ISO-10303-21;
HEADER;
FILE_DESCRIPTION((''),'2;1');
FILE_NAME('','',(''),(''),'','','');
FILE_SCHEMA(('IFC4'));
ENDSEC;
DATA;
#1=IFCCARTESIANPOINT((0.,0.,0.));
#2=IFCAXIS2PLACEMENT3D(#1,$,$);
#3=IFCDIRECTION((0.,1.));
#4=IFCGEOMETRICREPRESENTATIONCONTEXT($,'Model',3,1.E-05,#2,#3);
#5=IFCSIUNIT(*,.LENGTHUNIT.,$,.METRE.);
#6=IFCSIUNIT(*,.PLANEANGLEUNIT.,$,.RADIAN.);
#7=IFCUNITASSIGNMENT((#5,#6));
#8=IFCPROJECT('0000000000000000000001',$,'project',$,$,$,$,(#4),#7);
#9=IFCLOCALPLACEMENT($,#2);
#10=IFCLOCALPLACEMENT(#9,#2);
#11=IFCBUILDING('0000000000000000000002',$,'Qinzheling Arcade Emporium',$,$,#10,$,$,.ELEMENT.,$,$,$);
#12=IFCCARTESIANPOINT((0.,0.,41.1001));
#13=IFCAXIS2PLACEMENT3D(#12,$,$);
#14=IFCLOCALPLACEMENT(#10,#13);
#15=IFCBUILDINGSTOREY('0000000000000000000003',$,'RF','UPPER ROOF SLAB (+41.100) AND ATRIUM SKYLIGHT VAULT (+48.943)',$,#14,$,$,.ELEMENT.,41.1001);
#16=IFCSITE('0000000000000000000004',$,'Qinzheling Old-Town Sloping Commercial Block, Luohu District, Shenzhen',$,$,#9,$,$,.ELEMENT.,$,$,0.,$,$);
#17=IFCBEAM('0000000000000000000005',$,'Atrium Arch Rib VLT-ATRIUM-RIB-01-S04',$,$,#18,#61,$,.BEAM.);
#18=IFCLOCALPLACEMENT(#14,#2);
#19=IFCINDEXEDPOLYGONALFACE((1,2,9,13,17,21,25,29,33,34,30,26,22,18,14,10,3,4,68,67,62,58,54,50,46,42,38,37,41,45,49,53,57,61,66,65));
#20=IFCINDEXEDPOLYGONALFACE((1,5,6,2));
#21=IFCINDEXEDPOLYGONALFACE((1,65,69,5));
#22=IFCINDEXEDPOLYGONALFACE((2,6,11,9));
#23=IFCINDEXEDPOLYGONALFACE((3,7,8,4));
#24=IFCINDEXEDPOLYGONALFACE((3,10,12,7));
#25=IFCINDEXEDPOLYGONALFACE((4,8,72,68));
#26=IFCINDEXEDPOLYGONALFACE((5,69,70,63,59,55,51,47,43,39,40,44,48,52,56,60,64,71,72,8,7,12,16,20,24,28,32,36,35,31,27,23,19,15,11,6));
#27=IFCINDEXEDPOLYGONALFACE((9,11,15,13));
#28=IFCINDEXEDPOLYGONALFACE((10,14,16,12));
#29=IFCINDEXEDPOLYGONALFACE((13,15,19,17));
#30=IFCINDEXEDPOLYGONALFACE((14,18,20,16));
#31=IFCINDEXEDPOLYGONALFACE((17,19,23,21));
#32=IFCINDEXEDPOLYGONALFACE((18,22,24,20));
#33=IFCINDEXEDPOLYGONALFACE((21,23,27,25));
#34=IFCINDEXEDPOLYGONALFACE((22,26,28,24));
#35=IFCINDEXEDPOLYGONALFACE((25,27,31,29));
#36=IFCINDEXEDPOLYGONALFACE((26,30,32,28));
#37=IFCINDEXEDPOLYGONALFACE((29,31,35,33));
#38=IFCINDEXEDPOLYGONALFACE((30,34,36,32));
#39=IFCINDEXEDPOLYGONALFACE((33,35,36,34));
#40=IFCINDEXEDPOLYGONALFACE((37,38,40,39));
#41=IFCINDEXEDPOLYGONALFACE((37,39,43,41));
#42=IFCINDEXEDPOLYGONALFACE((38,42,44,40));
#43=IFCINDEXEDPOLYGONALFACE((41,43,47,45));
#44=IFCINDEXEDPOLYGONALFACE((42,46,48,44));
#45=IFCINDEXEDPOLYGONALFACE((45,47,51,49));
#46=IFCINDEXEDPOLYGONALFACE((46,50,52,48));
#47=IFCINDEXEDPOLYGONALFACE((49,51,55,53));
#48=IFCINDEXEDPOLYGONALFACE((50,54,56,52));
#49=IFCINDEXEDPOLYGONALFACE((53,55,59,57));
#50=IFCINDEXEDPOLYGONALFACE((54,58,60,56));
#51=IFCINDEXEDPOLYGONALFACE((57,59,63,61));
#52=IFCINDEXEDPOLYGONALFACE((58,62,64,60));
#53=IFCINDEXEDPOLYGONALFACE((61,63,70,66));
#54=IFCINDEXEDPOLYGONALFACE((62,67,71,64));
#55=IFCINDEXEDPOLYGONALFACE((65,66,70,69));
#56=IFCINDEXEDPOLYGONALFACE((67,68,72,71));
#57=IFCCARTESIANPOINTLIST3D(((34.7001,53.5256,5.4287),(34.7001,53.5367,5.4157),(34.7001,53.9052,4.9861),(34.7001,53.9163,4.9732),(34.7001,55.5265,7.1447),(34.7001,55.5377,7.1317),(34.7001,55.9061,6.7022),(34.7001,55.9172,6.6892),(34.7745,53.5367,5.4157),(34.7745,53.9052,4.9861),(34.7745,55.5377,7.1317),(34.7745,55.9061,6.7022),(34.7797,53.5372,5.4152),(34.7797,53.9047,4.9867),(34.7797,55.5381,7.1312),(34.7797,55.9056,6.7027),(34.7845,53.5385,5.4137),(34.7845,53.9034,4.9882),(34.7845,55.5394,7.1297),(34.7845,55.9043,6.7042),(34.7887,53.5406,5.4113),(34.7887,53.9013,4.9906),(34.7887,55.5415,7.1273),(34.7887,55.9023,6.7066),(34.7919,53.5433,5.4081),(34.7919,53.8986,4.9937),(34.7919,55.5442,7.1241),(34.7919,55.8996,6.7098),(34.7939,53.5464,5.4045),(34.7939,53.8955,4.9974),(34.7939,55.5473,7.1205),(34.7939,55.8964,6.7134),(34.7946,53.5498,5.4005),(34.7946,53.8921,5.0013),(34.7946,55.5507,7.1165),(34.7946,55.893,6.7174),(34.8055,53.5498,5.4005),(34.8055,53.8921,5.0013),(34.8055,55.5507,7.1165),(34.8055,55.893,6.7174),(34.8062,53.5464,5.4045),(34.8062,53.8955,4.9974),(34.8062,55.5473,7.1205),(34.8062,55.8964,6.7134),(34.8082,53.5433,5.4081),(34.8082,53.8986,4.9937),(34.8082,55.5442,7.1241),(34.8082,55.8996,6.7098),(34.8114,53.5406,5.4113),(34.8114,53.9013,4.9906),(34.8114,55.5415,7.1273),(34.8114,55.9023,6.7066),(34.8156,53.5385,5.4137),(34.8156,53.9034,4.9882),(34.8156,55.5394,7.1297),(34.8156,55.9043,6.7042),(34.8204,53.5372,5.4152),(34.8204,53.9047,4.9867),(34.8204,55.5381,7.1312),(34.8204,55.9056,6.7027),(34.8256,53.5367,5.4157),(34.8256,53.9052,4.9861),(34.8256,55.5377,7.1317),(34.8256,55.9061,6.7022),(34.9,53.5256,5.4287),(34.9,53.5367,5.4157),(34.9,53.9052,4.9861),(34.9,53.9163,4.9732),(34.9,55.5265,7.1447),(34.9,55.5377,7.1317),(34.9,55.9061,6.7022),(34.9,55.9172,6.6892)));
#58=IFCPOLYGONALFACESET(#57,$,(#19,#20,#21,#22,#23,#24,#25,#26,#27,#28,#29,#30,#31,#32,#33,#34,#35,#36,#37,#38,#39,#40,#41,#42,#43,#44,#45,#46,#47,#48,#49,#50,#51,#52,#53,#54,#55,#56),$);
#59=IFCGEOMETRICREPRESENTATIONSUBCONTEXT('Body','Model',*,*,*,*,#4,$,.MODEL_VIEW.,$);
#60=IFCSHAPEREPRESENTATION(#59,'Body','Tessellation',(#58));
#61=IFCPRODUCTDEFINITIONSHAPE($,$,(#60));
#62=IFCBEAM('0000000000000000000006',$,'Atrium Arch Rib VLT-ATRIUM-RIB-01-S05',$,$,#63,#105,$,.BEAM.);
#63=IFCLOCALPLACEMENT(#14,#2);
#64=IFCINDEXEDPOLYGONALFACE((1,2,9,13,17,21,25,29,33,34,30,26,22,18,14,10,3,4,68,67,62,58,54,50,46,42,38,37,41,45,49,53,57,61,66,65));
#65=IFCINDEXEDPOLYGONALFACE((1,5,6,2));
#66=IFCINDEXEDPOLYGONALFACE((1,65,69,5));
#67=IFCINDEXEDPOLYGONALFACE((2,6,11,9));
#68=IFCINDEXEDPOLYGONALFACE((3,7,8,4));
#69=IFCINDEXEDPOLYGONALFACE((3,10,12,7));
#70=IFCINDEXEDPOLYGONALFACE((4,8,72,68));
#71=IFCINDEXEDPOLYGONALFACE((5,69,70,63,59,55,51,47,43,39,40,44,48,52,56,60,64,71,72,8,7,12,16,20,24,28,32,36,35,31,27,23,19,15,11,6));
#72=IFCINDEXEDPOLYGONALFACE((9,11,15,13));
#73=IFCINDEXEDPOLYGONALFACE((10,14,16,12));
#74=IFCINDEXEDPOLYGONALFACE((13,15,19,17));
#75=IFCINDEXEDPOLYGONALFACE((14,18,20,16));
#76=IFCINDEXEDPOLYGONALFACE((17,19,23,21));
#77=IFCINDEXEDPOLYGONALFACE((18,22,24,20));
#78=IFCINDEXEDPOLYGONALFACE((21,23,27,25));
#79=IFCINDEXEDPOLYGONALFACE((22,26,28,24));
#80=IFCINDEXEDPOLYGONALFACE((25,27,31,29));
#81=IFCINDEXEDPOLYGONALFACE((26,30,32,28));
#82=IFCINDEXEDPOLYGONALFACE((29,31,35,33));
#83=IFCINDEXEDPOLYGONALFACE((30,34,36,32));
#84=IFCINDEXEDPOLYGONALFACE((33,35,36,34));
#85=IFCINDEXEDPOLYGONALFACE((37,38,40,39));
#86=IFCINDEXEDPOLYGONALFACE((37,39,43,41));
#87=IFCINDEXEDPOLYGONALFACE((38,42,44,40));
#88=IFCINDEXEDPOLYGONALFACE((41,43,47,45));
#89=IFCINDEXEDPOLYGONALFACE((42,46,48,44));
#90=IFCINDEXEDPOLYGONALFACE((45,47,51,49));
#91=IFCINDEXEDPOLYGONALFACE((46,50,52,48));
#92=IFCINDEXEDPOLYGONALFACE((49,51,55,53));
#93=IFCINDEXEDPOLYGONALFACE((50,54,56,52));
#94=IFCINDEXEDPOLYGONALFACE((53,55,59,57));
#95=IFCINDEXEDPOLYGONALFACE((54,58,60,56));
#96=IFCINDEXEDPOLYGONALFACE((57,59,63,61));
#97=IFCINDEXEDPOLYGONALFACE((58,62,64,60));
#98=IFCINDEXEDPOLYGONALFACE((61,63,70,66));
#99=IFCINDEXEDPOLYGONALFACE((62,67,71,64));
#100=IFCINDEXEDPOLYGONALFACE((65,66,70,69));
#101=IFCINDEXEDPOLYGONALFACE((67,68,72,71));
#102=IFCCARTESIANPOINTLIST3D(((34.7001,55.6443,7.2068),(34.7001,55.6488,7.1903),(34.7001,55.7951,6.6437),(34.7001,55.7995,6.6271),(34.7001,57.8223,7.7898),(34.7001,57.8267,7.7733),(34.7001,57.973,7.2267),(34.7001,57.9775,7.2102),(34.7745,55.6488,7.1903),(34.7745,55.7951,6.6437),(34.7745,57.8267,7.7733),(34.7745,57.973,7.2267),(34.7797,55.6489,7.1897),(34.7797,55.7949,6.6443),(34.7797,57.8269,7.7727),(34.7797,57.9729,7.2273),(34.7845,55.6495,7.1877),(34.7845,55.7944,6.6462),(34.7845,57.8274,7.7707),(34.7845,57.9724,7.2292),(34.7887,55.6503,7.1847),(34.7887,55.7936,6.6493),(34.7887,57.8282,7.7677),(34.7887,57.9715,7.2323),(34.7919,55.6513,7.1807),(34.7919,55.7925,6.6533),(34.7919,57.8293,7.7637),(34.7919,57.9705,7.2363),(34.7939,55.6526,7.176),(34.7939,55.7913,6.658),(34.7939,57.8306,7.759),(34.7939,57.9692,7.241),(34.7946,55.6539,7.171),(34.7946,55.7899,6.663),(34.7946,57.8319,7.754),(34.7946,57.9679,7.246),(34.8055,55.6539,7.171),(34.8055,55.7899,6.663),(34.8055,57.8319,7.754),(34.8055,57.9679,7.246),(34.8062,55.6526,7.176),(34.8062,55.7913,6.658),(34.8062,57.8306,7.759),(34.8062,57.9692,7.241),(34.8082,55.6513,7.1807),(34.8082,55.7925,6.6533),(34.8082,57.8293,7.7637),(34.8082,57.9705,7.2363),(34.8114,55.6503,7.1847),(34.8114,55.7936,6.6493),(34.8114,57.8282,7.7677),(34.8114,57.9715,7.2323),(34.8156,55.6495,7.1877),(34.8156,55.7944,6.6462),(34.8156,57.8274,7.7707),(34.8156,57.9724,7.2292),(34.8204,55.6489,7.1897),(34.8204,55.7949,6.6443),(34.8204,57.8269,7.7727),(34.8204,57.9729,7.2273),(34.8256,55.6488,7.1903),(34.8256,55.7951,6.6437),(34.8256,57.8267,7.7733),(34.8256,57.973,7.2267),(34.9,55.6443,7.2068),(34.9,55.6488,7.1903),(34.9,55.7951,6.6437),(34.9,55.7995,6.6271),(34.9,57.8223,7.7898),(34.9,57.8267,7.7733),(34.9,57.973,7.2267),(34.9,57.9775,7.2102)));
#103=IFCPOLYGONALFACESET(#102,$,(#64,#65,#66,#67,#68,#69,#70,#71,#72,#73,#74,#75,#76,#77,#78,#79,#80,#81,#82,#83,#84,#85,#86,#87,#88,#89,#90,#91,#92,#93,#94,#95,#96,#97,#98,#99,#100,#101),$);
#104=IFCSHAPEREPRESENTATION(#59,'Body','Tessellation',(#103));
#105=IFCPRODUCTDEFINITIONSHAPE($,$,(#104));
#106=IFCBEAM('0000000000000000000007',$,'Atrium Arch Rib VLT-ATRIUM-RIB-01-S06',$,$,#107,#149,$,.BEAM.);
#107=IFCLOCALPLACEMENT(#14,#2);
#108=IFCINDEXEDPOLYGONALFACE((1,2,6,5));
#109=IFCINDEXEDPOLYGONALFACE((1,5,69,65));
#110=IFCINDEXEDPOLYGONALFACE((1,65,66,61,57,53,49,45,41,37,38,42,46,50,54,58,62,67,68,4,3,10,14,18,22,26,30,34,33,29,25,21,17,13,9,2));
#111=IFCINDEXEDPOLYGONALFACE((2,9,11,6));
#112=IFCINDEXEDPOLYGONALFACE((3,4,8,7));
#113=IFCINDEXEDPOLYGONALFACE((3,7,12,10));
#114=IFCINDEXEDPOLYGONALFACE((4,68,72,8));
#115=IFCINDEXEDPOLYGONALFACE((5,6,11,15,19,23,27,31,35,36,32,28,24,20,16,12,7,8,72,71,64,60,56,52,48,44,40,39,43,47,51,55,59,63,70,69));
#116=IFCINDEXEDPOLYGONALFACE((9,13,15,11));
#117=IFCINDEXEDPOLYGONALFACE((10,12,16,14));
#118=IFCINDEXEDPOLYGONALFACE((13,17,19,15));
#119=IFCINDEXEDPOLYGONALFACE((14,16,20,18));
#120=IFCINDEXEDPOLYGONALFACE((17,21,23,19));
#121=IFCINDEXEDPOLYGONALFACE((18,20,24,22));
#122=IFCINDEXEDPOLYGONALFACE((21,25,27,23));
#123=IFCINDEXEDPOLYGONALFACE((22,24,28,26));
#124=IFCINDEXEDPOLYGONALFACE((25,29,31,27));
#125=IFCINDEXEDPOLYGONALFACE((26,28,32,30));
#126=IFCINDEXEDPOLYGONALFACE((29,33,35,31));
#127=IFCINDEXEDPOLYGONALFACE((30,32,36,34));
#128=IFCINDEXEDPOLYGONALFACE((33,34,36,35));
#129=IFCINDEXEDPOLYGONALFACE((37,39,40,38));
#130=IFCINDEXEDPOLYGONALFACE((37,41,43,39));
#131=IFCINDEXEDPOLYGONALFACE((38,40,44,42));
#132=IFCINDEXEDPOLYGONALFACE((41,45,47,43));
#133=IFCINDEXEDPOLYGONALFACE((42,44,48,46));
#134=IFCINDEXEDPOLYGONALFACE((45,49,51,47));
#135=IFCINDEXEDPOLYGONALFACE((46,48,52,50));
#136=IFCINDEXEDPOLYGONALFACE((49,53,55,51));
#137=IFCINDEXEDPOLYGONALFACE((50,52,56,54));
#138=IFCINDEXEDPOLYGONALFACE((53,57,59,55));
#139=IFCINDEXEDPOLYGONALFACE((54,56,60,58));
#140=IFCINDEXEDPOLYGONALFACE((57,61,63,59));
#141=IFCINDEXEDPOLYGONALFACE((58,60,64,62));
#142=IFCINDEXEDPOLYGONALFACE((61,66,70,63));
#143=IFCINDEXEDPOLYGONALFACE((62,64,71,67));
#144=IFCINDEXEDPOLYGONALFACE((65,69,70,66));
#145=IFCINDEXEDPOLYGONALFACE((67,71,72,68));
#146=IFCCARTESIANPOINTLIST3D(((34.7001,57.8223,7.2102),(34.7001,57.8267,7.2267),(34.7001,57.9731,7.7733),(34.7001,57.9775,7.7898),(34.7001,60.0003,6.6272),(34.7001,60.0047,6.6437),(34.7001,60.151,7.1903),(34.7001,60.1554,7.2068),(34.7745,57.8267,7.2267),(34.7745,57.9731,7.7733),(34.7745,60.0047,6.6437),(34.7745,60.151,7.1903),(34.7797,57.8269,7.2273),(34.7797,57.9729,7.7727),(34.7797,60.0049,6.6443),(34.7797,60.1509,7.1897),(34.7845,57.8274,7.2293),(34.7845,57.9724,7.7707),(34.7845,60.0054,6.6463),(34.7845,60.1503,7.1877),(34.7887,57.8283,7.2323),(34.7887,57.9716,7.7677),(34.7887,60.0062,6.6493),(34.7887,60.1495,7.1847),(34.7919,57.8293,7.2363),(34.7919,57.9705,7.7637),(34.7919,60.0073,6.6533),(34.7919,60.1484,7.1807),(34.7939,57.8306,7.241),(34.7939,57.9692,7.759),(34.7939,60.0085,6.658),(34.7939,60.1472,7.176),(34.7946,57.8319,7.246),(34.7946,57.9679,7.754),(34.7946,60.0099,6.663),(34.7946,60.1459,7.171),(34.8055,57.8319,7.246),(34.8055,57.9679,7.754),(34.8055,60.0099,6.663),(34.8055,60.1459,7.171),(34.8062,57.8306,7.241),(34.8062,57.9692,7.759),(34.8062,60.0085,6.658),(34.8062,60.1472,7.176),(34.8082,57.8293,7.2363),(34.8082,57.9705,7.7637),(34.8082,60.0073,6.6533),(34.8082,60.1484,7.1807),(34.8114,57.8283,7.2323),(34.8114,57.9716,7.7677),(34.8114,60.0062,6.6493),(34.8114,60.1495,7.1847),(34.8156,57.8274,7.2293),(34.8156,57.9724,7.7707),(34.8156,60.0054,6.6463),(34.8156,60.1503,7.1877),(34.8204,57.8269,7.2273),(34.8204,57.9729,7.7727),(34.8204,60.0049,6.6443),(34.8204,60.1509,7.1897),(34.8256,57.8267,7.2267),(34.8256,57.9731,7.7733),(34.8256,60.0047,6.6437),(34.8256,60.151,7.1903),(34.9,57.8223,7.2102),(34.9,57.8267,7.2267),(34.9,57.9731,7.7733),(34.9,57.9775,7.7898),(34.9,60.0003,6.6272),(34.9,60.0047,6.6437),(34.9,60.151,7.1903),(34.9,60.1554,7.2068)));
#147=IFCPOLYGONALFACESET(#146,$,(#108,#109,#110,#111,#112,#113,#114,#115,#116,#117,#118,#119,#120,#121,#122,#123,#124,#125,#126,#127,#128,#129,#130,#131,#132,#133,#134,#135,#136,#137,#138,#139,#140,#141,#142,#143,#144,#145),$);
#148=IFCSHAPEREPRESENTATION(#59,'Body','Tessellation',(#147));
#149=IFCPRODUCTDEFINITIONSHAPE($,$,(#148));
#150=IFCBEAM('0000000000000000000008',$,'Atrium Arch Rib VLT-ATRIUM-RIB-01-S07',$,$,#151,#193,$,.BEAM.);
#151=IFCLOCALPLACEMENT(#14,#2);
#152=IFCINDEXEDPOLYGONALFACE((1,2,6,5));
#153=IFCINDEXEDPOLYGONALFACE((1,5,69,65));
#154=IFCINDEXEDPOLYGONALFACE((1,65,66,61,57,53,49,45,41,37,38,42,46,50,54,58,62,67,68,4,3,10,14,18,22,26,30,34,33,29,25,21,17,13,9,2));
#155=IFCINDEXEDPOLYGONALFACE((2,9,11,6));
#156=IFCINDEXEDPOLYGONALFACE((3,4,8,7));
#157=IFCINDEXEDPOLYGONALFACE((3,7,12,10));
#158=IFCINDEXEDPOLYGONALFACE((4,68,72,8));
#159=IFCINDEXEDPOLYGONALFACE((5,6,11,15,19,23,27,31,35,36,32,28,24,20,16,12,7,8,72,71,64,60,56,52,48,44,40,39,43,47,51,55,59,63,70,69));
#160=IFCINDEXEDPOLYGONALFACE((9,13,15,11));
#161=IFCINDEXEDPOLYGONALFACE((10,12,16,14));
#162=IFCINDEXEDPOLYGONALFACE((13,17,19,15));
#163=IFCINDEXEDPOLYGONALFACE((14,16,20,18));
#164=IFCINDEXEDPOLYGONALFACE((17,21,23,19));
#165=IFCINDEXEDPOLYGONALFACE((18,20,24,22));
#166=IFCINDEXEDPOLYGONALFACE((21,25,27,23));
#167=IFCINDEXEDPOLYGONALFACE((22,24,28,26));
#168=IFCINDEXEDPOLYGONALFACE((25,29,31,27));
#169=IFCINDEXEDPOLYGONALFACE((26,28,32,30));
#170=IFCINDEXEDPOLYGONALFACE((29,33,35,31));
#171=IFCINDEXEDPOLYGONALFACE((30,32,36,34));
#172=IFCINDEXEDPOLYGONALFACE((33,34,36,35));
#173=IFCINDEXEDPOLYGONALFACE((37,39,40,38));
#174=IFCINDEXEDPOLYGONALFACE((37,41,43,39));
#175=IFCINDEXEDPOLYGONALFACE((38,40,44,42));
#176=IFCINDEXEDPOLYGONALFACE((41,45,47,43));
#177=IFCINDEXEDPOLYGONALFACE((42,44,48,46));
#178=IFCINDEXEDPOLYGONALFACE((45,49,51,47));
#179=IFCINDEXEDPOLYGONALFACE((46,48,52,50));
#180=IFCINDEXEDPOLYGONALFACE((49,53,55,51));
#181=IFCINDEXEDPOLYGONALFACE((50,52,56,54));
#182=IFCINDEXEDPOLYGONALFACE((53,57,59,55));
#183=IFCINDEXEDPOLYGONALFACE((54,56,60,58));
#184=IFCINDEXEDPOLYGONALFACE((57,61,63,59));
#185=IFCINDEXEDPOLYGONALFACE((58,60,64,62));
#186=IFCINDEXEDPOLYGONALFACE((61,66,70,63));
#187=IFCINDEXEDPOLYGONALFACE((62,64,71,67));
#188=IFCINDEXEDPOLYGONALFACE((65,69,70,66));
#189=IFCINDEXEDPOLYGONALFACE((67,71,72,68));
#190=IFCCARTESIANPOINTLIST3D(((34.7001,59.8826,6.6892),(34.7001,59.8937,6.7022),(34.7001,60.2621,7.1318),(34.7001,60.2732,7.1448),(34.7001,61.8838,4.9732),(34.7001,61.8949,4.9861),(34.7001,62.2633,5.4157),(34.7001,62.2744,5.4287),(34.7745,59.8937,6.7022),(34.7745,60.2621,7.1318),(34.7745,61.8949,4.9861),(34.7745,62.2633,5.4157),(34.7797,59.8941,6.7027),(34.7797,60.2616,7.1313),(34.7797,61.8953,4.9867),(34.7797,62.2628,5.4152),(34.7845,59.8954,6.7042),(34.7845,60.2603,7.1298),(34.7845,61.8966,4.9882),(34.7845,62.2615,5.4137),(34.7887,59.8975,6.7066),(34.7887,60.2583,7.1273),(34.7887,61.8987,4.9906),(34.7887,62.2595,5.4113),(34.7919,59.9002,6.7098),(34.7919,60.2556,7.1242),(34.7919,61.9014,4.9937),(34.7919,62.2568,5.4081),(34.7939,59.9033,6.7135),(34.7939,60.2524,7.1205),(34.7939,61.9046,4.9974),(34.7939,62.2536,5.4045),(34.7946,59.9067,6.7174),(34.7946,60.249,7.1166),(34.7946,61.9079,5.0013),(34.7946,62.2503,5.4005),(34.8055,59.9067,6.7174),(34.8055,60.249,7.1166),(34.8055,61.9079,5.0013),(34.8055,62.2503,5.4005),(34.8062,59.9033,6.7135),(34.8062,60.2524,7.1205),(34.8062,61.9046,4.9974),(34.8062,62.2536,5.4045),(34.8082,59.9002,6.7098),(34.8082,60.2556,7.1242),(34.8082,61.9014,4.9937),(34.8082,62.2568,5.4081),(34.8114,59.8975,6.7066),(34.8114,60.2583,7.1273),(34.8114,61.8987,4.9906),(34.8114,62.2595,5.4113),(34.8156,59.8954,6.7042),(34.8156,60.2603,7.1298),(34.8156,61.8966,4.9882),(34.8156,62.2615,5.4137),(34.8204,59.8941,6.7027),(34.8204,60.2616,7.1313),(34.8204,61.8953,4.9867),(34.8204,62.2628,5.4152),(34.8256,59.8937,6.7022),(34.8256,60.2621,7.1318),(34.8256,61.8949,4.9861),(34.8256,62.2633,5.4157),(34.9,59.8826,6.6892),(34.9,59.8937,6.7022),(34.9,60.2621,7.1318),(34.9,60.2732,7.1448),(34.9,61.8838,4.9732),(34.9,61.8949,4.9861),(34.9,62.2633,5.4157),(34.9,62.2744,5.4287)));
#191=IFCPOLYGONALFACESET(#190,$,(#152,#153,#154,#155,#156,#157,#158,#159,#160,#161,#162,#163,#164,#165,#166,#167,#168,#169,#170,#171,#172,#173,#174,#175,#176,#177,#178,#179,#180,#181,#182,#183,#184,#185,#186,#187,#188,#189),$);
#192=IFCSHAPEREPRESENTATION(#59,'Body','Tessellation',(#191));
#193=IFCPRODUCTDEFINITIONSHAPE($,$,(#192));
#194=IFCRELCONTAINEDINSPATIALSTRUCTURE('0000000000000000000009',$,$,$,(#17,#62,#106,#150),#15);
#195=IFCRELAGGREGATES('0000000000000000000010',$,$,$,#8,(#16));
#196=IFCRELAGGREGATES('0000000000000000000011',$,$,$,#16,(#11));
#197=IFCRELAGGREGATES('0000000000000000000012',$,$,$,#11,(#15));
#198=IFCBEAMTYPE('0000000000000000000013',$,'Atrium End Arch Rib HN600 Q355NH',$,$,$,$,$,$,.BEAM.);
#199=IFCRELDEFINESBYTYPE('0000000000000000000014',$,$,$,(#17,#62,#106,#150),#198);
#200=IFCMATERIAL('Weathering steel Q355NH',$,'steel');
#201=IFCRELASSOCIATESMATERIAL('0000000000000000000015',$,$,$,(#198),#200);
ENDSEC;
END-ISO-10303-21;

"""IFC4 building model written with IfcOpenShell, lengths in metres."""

from ifc_helpers import new_model, si_unit, direction, frame, origin, origin_2d, place, context, subcontext, project, spatial, i_section, extrude, material, material_profile, profile_set, type_object, element, save


model = new_model("IFC4")

# Units and contexts
model_context = context("Model", 3, precision=1e-05, world=origin(), true_north=direction((0.0, 1.0)))
body_context = subcontext(model_context, "Body", "Model", "MODEL_VIEW")
ifc_project = project(units=[si_unit("LENGTHUNIT", "METRE"), si_unit("PLANEANGLEUNIT", "RADIAN")], contexts=[model_context])

# Site, building, storey
site_placement = place(None, origin())
site = spatial("IfcSite", under=ifc_project, at=site_placement, Name="Qinzheling Old-Town Sloping Commercial Block, Luohu District, Shenzhen", CompositionType="ELEMENT", RefElevation=0.0)
building_placement = place(site_placement, origin())
building = spatial("IfcBuilding", under=site, at=building_placement, Name="Qinzheling Arcade Emporium", CompositionType="ELEMENT")
storey_placement = place(building_placement, frame((0.0, 0.0, 41.1001)))
storey = spatial("IfcBuildingStorey", under=building, at=storey_placement, Name="RF", Description="UPPER ROOF SLAB (+41.100) AND ATRIUM SKYLIGHT VAULT (+48.943)", CompositionType="ELEMENT", Elevation=41.1001)

# Beams
ifc_material_1 = material(Name="Weathering steel Q355NH", Category="steel")
ifc_material_profile_1 = material_profile(ifc_material_1, i_section(OverallWidth=0.2, OverallDepth=0.6001, WebThickness=0.011, FlangeThickness=0.0171, FilletRadius=0.02, at=origin_2d()), Name="HN 600x200x11x17", Category="steel")
ifc_profile_set_1 = profile_set([ifc_material_profile_1], Name="Weathering steel Q355NH")
beam_type = type_object("IfcBeamType", Name="Atrium End Arch Rib HN600 Q355NH", PredefinedType="BEAM", material=ifc_profile_set_1)
beam_1_placement = place(storey_placement, frame((34.8, 53.7209, 5.2009), z_axis=(0.0, 0.75908, 0.650997), x_axis=(-1.0, 0.0, 0.0)))
element("IfcBeam", 1, at=beam_1_placement, inside=storey, type_object=beam_type, Name="Atrium Arch Rib VLT-ATRIUM-RIB-01-S04", PredefinedType="BEAM", context=body_context, shape_type="SweptSolid", body=[
    extrude(i_section(OverallWidth=0.2, OverallDepth=0.6001, WebThickness=0.011, FlangeThickness=0.0171, FilletRadius=0.02, at=origin_2d()), origin(), (0.0, 0.0, 1.0), 2.636),
])
for number, where, z_axis, x_axis, name in (
    (2, (34.8, 55.7219, 6.917), (0.0, 0.96599, 0.258579), (-1.0, 0.0, 0.0), "Atrium Arch Rib VLT-ATRIUM-RIB-01-S05"),
    (3, (34.8, 57.8999, 7.5), (0.0, 0.96599, -0.258579), (-1.0, 0.0, 0.0), "Atrium Arch Rib VLT-ATRIUM-RIB-01-S06"),
):
    element("IfcBeam", number, at=place(storey_placement, frame(where, z_axis=z_axis, x_axis=x_axis)), inside=storey, type_object=beam_type, Name=name, PredefinedType="BEAM", context=body_context, shape_type="SweptSolid", body=[
        extrude(i_section(OverallWidth=0.2, OverallDepth=0.6001, WebThickness=0.011, FlangeThickness=0.0171, FilletRadius=0.02, at=origin_2d()), origin(), (0.0, 0.0, 1.0), 2.2546),
    ])
beam_2_placement = place(storey_placement, frame((34.8, 60.0779, 6.917), z_axis=(0.0, 0.759119, -0.650952), x_axis=(-1.0, 0.0, 0.0)))
element("IfcBeam", 4, at=beam_2_placement, inside=storey, type_object=beam_type, Name="Atrium Arch Rib VLT-ATRIUM-RIB-01-S07", PredefinedType="BEAM", context=body_context, shape_type="SweptSolid", body=[
    extrude(i_section(OverallWidth=0.2, OverallDepth=0.6001, WebThickness=0.011, FlangeThickness=0.0171, FilletRadius=0.02, at=origin_2d()), origin(), (0.0, 0.0, 1.0), 2.6362),
])

save(model, "model.ifc")
